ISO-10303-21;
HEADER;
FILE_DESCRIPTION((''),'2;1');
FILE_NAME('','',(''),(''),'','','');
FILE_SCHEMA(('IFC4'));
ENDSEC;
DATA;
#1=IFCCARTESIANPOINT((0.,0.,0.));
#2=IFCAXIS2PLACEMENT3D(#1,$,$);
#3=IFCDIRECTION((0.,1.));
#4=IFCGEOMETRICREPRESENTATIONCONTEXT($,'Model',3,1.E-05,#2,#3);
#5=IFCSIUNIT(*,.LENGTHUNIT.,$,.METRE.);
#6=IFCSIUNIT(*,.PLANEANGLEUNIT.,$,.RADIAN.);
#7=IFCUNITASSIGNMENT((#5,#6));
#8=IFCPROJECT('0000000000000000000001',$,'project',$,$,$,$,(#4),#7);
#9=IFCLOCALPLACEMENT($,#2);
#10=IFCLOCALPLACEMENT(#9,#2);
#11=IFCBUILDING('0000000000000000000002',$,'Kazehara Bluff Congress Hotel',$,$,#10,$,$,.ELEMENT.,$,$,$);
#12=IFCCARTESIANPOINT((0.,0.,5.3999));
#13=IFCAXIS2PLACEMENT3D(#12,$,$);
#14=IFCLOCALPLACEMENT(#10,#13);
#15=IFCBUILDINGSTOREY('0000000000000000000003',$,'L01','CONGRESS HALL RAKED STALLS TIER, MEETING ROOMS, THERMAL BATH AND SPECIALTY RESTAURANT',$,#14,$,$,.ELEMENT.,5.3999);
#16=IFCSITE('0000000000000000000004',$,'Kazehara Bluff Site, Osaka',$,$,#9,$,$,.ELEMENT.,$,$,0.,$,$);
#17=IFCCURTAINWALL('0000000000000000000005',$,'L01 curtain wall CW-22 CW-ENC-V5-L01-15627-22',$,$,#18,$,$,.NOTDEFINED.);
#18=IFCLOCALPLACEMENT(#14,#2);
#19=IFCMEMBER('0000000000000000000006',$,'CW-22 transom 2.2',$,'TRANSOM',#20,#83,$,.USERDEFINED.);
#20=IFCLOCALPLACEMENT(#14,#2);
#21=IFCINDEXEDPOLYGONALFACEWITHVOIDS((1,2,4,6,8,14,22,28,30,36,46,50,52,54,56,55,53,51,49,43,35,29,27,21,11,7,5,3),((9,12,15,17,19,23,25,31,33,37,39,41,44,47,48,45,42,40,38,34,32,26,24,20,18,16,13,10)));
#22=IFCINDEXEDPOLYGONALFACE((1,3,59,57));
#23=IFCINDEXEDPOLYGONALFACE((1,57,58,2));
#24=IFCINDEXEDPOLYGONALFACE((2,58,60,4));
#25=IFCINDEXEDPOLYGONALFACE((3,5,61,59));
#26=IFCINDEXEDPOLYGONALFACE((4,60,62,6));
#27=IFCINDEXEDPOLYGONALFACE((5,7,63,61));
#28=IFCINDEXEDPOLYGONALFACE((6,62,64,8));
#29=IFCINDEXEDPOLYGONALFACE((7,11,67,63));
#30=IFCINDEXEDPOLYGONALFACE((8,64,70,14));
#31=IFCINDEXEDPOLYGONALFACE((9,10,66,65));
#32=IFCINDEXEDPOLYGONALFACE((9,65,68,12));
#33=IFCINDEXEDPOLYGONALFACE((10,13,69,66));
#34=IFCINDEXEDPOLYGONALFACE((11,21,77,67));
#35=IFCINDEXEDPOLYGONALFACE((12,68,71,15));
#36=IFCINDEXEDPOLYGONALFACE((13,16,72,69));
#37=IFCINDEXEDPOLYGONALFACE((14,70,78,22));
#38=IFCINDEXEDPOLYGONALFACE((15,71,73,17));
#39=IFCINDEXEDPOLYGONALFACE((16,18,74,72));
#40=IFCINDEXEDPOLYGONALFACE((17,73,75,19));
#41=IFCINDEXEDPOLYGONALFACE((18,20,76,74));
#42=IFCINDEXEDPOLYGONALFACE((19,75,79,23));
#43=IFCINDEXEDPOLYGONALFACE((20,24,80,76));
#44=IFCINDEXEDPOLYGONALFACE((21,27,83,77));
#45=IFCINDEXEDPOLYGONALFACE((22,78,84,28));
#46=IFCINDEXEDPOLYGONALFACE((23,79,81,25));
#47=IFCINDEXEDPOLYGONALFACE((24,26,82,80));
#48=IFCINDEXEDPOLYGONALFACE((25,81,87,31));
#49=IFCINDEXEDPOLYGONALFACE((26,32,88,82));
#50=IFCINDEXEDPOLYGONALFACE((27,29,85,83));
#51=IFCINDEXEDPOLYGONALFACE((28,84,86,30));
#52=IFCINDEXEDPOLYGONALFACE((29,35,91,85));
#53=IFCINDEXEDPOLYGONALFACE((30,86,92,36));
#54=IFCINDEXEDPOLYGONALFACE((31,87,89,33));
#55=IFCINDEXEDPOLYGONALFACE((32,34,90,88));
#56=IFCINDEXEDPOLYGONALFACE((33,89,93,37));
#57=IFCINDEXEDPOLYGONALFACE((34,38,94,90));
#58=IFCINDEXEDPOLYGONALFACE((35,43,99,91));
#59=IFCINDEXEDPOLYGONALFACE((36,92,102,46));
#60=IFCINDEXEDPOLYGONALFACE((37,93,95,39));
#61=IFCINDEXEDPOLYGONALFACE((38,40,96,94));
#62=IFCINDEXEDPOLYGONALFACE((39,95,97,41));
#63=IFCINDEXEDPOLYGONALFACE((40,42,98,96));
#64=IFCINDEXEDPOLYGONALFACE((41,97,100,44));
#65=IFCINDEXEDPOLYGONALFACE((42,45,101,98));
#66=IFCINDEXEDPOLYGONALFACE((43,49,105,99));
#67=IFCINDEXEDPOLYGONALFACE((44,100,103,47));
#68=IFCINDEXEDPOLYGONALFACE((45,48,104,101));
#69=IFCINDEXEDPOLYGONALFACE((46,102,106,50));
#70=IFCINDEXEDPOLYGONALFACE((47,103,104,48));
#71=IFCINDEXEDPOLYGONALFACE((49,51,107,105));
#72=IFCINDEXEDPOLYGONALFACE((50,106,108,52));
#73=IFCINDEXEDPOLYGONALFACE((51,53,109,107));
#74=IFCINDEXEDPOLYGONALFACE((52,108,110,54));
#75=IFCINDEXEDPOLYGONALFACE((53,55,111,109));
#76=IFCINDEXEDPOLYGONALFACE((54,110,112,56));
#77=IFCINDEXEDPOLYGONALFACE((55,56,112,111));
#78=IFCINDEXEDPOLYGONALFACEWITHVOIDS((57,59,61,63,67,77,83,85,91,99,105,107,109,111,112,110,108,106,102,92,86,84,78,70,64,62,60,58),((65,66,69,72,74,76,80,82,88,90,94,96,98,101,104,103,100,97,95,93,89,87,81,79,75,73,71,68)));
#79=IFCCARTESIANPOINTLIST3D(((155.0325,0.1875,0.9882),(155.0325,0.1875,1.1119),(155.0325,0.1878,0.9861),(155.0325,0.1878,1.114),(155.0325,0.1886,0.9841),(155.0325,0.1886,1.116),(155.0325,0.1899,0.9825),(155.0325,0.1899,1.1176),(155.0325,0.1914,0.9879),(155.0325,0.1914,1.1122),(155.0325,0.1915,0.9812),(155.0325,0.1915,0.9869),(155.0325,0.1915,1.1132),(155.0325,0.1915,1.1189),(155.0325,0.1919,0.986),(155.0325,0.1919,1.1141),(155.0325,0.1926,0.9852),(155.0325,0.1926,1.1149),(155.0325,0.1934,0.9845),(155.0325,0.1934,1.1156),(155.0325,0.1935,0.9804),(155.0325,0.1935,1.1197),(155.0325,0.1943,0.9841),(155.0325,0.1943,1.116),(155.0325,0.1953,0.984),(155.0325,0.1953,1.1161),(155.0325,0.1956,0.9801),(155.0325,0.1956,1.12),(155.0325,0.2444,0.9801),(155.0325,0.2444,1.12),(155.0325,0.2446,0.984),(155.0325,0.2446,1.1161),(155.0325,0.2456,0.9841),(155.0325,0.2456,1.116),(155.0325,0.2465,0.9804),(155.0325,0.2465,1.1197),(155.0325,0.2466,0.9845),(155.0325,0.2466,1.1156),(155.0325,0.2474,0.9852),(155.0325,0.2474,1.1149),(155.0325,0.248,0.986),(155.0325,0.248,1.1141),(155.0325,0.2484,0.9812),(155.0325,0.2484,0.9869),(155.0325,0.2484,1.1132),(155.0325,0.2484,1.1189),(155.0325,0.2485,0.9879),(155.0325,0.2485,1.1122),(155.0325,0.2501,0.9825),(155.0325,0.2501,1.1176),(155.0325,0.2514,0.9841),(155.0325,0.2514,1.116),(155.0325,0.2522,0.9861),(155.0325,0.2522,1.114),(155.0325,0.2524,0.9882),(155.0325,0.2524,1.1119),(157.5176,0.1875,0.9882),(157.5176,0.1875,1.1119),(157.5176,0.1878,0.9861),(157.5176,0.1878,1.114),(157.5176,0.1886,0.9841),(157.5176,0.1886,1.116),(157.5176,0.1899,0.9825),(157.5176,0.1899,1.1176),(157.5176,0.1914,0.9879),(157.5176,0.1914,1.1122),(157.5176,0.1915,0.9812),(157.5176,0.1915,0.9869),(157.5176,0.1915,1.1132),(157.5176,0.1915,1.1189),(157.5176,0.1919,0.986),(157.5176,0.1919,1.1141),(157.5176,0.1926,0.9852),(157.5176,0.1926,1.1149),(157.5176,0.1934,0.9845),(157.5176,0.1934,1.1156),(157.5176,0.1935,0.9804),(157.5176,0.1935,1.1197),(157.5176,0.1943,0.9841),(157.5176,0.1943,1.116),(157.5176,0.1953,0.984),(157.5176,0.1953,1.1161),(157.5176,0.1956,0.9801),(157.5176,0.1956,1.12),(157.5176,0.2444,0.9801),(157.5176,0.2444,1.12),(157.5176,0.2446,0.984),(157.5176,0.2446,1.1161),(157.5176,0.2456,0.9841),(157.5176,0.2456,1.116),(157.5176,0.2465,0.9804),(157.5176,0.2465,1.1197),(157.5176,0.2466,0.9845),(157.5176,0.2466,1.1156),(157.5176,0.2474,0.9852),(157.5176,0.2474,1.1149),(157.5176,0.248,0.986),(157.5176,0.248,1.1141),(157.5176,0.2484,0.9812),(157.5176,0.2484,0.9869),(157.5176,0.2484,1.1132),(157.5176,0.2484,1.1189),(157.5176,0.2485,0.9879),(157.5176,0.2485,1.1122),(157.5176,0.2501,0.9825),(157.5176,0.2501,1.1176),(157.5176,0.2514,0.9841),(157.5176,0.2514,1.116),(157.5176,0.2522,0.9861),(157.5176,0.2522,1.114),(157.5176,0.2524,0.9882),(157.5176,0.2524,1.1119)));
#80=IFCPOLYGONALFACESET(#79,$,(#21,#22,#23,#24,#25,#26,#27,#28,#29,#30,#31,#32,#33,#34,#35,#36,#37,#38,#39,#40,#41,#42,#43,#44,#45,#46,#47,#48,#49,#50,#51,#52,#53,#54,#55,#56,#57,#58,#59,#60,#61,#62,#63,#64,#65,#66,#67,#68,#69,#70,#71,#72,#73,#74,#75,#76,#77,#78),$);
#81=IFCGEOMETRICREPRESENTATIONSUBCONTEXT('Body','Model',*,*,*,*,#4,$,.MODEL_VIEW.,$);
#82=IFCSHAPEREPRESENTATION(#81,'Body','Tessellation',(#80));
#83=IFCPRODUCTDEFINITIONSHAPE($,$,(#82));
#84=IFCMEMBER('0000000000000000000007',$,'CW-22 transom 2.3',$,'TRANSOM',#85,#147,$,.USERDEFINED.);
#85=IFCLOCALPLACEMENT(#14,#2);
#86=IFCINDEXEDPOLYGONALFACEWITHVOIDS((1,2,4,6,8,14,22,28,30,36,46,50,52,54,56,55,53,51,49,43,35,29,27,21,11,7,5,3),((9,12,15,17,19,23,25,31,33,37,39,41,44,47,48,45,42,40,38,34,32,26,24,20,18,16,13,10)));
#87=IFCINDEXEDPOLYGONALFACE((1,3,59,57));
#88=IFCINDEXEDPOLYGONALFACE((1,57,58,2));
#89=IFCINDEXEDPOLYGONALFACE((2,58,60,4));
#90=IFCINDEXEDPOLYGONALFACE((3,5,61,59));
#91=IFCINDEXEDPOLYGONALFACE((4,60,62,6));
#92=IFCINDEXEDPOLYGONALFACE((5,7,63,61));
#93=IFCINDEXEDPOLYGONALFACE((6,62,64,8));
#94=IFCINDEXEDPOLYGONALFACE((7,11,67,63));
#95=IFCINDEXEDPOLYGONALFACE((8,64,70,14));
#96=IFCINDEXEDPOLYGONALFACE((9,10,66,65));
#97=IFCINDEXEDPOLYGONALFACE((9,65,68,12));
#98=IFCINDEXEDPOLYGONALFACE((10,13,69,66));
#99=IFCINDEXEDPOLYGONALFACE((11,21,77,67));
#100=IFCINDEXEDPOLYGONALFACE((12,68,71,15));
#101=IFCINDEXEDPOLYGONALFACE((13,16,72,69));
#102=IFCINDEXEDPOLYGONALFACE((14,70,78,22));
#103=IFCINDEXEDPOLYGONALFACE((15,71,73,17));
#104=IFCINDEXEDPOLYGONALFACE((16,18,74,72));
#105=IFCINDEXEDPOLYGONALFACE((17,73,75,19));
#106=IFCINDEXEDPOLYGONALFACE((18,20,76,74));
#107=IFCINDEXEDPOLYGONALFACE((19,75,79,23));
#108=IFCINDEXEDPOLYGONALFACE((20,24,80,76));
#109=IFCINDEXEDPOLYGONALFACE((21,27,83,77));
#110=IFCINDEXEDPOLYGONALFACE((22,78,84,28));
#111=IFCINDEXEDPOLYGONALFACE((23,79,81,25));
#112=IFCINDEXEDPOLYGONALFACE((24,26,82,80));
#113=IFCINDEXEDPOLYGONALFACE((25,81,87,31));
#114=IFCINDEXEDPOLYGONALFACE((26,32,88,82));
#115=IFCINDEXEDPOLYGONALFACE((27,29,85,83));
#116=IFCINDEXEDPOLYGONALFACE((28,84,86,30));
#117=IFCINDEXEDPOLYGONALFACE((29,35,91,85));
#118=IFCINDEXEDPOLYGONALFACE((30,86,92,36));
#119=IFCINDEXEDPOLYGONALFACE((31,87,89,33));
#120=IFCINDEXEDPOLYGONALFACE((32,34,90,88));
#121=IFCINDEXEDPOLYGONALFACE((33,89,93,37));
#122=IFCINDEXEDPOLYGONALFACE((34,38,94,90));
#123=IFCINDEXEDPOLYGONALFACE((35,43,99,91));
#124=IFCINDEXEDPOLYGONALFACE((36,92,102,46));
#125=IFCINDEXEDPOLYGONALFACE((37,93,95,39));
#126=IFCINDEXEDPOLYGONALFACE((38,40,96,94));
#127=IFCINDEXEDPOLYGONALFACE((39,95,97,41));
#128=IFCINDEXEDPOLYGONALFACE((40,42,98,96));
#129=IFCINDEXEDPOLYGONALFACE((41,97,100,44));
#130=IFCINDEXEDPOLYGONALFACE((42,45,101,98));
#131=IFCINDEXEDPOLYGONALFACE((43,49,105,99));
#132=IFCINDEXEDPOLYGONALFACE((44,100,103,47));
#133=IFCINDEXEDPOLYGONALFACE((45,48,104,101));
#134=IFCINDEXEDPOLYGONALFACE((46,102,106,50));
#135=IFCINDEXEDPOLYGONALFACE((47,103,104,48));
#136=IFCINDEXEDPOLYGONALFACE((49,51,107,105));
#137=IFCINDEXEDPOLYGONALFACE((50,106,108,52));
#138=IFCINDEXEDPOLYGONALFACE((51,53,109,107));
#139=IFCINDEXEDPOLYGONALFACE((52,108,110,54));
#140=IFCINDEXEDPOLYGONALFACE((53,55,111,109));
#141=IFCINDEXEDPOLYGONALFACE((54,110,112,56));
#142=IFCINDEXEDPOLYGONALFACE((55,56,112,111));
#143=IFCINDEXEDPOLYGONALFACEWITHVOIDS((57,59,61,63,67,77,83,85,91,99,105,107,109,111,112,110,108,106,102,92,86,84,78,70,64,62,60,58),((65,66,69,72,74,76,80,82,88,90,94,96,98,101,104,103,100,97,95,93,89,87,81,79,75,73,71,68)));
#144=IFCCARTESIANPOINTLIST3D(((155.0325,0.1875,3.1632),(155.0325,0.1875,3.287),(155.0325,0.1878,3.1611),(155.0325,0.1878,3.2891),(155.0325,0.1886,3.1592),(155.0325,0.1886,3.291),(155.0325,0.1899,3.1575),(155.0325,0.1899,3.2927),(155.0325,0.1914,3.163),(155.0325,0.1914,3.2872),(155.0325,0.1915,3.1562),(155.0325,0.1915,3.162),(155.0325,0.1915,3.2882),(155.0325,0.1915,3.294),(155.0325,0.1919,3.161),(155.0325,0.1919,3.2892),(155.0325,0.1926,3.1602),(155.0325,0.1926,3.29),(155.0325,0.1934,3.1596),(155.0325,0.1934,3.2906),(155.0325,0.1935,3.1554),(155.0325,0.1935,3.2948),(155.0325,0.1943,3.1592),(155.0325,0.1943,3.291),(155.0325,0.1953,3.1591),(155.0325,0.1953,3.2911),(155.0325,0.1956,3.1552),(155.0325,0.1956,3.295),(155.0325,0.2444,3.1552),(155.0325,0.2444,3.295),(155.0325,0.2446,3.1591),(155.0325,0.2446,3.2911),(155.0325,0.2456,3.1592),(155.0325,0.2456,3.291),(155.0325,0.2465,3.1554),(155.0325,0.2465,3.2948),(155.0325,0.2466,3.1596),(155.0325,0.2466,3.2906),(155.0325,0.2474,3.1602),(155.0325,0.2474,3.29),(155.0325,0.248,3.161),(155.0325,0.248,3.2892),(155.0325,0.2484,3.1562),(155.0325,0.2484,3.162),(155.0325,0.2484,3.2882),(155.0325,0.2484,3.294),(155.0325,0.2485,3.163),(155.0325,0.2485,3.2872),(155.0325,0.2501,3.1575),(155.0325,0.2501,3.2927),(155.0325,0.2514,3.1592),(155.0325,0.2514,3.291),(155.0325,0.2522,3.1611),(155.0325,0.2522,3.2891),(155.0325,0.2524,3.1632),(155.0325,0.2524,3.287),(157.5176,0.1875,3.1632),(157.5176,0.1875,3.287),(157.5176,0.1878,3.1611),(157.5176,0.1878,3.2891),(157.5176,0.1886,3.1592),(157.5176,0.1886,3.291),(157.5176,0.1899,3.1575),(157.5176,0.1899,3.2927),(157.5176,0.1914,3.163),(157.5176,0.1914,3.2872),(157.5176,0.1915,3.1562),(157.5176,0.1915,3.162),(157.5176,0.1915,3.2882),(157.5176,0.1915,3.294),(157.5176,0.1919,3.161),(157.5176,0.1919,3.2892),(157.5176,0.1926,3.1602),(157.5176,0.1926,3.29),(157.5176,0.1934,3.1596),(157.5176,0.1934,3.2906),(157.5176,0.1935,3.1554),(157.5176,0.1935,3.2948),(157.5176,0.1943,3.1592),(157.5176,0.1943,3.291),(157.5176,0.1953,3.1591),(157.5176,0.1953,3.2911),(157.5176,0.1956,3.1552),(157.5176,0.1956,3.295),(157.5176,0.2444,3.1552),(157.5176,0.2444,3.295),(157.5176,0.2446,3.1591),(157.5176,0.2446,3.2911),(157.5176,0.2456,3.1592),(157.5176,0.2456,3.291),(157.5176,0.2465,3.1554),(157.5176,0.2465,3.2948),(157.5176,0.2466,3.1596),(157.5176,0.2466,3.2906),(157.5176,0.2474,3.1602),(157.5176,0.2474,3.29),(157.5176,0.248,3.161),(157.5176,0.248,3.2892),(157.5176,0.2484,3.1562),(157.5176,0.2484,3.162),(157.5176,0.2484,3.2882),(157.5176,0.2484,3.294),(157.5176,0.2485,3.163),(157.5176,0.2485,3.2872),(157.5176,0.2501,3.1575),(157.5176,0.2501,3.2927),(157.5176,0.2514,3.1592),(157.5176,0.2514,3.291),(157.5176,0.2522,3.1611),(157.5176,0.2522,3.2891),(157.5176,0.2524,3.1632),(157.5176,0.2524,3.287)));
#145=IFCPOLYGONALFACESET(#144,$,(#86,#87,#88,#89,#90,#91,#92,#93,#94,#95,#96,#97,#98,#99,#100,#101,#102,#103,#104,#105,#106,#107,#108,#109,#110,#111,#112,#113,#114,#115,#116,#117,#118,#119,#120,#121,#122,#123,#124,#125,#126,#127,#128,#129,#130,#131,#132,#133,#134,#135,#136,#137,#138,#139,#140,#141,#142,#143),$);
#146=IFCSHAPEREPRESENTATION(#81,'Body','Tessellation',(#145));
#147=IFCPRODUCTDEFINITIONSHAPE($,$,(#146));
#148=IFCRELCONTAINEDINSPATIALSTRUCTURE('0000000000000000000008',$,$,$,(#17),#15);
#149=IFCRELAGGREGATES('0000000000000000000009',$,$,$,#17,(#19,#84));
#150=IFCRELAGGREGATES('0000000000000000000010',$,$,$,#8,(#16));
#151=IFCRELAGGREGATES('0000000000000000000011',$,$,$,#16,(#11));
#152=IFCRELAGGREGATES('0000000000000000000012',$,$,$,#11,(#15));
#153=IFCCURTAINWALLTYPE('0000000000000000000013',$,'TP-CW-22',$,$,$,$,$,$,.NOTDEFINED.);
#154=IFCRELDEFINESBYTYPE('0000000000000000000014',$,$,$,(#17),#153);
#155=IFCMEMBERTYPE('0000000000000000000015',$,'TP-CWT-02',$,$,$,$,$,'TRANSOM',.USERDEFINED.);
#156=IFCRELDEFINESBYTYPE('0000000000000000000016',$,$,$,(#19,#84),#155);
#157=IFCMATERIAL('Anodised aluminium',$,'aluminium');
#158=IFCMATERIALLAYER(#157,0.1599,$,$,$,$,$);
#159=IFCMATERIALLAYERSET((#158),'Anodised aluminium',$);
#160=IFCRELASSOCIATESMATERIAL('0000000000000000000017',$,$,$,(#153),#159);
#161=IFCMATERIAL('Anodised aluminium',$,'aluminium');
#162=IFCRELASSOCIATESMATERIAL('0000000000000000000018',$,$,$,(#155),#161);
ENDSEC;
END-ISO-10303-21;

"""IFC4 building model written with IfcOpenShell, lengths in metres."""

from ifc_helpers import new_model, si_unit, direction, frame, origin, origin_2d, place, context, subcontext, project, spatial, hollow_rectangle, extrude, material, layer, layer_set, material_profile, profile_set, type_object, element, aggregate, save


model = new_model("IFC4")

# Units and contexts
model_context = context("Model", 3, precision=1e-05, world=origin(), true_north=direction((0.0, 1.0)))
body_context = subcontext(model_context, "Body", "Model", "MODEL_VIEW")
ifc_project = project(units=[si_unit("LENGTHUNIT", "METRE"), si_unit("PLANEANGLEUNIT", "RADIAN")], contexts=[model_context])

# Site, building, storey
site_placement = place(None, origin())
site = spatial("IfcSite", under=ifc_project, at=site_placement, Name="Kazehara Bluff Site, Osaka", CompositionType="ELEMENT", RefElevation=0.0)
building_placement = place(site_placement, origin())
building = spatial("IfcBuilding", under=site, at=building_placement, Name="Kazehara Bluff Congress Hotel", CompositionType="ELEMENT")
storey_placement = place(building_placement, frame((0.0, 0.0, 5.3999)))
storey = spatial("IfcBuildingStorey", under=building, at=storey_placement, Name="L01", Description="CONGRESS HALL RAKED STALLS TIER, MEETING ROOMS, THERMAL BATH AND SPECIALTY RESTAURANT", CompositionType="ELEMENT", Elevation=5.3999)

# Curtain wall
ifc_material_1 = material(Name="Anodised aluminium", Category="aluminium")
ifc_layer_1 = layer(ifc_material_1, 0.1599)
ifc_layer_set_1 = layer_set([ifc_layer_1], Name="Anodised aluminium")
curtain_wall_type = type_object("IfcCurtainWallType", Name="TP-CW-22", PredefinedType="NOTDEFINED", material=ifc_layer_set_1)
curtain_wall_1_placement = place(storey_placement, origin())
curtain_wall_1 = element("IfcCurtainWall", 1, at=curtain_wall_1_placement, inside=storey, type_object=curtain_wall_type, Name="L01 curtain wall CW-22 CW-ENC-V5-L01-15627-22", PredefinedType="NOTDEFINED")

# Members
ifc_material_2 = material(Name="Anodised aluminium", Category="aluminium")
ifc_material_profile_1 = material_profile(ifc_material_2, hollow_rectangle(XDim=0.0649, YDim=0.1399, WallThickness=0.0039, InnerFilletRadius=0.0039, OuterFilletRadius=0.0081, at=origin_2d()))
ifc_profile_set_1 = profile_set([ifc_material_profile_1], Name="Anodised aluminium")
member_type_1 = type_object("IfcMemberType", Name="TP-CWT-02", ElementType="TRANSOM", PredefinedType="USERDEFINED", material=ifc_profile_set_1)
member_1_placement = place(storey_placement, frame((157.5176, 0.22, 1.05), z_axis=(-1.0, 0.0, 0.0), x_axis=(0.0, -1.0, 0.0)))
member_1 = element("IfcMember", 2, at=member_1_placement, type_object=member_type_1, Name="CW-22 transom 2.2", ObjectType="TRANSOM", PredefinedType="USERDEFINED", context=body_context, shape_type="SweptSolid", body=[
    extrude(hollow_rectangle(XDim=0.0649, YDim=0.1399, WallThickness=0.0039, InnerFilletRadius=0.0039, OuterFilletRadius=0.0081, at=origin_2d()), origin(), (0.0, 0.0, 1.0), 2.4851),
])
member_2_placement = place(storey_placement, frame((157.5176, 0.22, 3.2251), z_axis=(-1.0, 0.0, 0.0), x_axis=(0.0, -1.0, 0.0)))
member_2 = element("IfcMember", 3, at=member_2_placement, type_object=member_type_1, Name="CW-22 transom 2.3", ObjectType="TRANSOM", PredefinedType="USERDEFINED", context=body_context, shape_type="SweptSolid", body=[
    extrude(hollow_rectangle(XDim=0.0649, YDim=0.1399, WallThickness=0.0039, InnerFilletRadius=0.0039, OuterFilletRadius=0.0081, at=origin_2d()), origin(), (0.0, 0.0, 1.0), 2.4851),
])

aggregate(curtain_wall_1, [member_1, member_2])

save(model, "model.ifc")
